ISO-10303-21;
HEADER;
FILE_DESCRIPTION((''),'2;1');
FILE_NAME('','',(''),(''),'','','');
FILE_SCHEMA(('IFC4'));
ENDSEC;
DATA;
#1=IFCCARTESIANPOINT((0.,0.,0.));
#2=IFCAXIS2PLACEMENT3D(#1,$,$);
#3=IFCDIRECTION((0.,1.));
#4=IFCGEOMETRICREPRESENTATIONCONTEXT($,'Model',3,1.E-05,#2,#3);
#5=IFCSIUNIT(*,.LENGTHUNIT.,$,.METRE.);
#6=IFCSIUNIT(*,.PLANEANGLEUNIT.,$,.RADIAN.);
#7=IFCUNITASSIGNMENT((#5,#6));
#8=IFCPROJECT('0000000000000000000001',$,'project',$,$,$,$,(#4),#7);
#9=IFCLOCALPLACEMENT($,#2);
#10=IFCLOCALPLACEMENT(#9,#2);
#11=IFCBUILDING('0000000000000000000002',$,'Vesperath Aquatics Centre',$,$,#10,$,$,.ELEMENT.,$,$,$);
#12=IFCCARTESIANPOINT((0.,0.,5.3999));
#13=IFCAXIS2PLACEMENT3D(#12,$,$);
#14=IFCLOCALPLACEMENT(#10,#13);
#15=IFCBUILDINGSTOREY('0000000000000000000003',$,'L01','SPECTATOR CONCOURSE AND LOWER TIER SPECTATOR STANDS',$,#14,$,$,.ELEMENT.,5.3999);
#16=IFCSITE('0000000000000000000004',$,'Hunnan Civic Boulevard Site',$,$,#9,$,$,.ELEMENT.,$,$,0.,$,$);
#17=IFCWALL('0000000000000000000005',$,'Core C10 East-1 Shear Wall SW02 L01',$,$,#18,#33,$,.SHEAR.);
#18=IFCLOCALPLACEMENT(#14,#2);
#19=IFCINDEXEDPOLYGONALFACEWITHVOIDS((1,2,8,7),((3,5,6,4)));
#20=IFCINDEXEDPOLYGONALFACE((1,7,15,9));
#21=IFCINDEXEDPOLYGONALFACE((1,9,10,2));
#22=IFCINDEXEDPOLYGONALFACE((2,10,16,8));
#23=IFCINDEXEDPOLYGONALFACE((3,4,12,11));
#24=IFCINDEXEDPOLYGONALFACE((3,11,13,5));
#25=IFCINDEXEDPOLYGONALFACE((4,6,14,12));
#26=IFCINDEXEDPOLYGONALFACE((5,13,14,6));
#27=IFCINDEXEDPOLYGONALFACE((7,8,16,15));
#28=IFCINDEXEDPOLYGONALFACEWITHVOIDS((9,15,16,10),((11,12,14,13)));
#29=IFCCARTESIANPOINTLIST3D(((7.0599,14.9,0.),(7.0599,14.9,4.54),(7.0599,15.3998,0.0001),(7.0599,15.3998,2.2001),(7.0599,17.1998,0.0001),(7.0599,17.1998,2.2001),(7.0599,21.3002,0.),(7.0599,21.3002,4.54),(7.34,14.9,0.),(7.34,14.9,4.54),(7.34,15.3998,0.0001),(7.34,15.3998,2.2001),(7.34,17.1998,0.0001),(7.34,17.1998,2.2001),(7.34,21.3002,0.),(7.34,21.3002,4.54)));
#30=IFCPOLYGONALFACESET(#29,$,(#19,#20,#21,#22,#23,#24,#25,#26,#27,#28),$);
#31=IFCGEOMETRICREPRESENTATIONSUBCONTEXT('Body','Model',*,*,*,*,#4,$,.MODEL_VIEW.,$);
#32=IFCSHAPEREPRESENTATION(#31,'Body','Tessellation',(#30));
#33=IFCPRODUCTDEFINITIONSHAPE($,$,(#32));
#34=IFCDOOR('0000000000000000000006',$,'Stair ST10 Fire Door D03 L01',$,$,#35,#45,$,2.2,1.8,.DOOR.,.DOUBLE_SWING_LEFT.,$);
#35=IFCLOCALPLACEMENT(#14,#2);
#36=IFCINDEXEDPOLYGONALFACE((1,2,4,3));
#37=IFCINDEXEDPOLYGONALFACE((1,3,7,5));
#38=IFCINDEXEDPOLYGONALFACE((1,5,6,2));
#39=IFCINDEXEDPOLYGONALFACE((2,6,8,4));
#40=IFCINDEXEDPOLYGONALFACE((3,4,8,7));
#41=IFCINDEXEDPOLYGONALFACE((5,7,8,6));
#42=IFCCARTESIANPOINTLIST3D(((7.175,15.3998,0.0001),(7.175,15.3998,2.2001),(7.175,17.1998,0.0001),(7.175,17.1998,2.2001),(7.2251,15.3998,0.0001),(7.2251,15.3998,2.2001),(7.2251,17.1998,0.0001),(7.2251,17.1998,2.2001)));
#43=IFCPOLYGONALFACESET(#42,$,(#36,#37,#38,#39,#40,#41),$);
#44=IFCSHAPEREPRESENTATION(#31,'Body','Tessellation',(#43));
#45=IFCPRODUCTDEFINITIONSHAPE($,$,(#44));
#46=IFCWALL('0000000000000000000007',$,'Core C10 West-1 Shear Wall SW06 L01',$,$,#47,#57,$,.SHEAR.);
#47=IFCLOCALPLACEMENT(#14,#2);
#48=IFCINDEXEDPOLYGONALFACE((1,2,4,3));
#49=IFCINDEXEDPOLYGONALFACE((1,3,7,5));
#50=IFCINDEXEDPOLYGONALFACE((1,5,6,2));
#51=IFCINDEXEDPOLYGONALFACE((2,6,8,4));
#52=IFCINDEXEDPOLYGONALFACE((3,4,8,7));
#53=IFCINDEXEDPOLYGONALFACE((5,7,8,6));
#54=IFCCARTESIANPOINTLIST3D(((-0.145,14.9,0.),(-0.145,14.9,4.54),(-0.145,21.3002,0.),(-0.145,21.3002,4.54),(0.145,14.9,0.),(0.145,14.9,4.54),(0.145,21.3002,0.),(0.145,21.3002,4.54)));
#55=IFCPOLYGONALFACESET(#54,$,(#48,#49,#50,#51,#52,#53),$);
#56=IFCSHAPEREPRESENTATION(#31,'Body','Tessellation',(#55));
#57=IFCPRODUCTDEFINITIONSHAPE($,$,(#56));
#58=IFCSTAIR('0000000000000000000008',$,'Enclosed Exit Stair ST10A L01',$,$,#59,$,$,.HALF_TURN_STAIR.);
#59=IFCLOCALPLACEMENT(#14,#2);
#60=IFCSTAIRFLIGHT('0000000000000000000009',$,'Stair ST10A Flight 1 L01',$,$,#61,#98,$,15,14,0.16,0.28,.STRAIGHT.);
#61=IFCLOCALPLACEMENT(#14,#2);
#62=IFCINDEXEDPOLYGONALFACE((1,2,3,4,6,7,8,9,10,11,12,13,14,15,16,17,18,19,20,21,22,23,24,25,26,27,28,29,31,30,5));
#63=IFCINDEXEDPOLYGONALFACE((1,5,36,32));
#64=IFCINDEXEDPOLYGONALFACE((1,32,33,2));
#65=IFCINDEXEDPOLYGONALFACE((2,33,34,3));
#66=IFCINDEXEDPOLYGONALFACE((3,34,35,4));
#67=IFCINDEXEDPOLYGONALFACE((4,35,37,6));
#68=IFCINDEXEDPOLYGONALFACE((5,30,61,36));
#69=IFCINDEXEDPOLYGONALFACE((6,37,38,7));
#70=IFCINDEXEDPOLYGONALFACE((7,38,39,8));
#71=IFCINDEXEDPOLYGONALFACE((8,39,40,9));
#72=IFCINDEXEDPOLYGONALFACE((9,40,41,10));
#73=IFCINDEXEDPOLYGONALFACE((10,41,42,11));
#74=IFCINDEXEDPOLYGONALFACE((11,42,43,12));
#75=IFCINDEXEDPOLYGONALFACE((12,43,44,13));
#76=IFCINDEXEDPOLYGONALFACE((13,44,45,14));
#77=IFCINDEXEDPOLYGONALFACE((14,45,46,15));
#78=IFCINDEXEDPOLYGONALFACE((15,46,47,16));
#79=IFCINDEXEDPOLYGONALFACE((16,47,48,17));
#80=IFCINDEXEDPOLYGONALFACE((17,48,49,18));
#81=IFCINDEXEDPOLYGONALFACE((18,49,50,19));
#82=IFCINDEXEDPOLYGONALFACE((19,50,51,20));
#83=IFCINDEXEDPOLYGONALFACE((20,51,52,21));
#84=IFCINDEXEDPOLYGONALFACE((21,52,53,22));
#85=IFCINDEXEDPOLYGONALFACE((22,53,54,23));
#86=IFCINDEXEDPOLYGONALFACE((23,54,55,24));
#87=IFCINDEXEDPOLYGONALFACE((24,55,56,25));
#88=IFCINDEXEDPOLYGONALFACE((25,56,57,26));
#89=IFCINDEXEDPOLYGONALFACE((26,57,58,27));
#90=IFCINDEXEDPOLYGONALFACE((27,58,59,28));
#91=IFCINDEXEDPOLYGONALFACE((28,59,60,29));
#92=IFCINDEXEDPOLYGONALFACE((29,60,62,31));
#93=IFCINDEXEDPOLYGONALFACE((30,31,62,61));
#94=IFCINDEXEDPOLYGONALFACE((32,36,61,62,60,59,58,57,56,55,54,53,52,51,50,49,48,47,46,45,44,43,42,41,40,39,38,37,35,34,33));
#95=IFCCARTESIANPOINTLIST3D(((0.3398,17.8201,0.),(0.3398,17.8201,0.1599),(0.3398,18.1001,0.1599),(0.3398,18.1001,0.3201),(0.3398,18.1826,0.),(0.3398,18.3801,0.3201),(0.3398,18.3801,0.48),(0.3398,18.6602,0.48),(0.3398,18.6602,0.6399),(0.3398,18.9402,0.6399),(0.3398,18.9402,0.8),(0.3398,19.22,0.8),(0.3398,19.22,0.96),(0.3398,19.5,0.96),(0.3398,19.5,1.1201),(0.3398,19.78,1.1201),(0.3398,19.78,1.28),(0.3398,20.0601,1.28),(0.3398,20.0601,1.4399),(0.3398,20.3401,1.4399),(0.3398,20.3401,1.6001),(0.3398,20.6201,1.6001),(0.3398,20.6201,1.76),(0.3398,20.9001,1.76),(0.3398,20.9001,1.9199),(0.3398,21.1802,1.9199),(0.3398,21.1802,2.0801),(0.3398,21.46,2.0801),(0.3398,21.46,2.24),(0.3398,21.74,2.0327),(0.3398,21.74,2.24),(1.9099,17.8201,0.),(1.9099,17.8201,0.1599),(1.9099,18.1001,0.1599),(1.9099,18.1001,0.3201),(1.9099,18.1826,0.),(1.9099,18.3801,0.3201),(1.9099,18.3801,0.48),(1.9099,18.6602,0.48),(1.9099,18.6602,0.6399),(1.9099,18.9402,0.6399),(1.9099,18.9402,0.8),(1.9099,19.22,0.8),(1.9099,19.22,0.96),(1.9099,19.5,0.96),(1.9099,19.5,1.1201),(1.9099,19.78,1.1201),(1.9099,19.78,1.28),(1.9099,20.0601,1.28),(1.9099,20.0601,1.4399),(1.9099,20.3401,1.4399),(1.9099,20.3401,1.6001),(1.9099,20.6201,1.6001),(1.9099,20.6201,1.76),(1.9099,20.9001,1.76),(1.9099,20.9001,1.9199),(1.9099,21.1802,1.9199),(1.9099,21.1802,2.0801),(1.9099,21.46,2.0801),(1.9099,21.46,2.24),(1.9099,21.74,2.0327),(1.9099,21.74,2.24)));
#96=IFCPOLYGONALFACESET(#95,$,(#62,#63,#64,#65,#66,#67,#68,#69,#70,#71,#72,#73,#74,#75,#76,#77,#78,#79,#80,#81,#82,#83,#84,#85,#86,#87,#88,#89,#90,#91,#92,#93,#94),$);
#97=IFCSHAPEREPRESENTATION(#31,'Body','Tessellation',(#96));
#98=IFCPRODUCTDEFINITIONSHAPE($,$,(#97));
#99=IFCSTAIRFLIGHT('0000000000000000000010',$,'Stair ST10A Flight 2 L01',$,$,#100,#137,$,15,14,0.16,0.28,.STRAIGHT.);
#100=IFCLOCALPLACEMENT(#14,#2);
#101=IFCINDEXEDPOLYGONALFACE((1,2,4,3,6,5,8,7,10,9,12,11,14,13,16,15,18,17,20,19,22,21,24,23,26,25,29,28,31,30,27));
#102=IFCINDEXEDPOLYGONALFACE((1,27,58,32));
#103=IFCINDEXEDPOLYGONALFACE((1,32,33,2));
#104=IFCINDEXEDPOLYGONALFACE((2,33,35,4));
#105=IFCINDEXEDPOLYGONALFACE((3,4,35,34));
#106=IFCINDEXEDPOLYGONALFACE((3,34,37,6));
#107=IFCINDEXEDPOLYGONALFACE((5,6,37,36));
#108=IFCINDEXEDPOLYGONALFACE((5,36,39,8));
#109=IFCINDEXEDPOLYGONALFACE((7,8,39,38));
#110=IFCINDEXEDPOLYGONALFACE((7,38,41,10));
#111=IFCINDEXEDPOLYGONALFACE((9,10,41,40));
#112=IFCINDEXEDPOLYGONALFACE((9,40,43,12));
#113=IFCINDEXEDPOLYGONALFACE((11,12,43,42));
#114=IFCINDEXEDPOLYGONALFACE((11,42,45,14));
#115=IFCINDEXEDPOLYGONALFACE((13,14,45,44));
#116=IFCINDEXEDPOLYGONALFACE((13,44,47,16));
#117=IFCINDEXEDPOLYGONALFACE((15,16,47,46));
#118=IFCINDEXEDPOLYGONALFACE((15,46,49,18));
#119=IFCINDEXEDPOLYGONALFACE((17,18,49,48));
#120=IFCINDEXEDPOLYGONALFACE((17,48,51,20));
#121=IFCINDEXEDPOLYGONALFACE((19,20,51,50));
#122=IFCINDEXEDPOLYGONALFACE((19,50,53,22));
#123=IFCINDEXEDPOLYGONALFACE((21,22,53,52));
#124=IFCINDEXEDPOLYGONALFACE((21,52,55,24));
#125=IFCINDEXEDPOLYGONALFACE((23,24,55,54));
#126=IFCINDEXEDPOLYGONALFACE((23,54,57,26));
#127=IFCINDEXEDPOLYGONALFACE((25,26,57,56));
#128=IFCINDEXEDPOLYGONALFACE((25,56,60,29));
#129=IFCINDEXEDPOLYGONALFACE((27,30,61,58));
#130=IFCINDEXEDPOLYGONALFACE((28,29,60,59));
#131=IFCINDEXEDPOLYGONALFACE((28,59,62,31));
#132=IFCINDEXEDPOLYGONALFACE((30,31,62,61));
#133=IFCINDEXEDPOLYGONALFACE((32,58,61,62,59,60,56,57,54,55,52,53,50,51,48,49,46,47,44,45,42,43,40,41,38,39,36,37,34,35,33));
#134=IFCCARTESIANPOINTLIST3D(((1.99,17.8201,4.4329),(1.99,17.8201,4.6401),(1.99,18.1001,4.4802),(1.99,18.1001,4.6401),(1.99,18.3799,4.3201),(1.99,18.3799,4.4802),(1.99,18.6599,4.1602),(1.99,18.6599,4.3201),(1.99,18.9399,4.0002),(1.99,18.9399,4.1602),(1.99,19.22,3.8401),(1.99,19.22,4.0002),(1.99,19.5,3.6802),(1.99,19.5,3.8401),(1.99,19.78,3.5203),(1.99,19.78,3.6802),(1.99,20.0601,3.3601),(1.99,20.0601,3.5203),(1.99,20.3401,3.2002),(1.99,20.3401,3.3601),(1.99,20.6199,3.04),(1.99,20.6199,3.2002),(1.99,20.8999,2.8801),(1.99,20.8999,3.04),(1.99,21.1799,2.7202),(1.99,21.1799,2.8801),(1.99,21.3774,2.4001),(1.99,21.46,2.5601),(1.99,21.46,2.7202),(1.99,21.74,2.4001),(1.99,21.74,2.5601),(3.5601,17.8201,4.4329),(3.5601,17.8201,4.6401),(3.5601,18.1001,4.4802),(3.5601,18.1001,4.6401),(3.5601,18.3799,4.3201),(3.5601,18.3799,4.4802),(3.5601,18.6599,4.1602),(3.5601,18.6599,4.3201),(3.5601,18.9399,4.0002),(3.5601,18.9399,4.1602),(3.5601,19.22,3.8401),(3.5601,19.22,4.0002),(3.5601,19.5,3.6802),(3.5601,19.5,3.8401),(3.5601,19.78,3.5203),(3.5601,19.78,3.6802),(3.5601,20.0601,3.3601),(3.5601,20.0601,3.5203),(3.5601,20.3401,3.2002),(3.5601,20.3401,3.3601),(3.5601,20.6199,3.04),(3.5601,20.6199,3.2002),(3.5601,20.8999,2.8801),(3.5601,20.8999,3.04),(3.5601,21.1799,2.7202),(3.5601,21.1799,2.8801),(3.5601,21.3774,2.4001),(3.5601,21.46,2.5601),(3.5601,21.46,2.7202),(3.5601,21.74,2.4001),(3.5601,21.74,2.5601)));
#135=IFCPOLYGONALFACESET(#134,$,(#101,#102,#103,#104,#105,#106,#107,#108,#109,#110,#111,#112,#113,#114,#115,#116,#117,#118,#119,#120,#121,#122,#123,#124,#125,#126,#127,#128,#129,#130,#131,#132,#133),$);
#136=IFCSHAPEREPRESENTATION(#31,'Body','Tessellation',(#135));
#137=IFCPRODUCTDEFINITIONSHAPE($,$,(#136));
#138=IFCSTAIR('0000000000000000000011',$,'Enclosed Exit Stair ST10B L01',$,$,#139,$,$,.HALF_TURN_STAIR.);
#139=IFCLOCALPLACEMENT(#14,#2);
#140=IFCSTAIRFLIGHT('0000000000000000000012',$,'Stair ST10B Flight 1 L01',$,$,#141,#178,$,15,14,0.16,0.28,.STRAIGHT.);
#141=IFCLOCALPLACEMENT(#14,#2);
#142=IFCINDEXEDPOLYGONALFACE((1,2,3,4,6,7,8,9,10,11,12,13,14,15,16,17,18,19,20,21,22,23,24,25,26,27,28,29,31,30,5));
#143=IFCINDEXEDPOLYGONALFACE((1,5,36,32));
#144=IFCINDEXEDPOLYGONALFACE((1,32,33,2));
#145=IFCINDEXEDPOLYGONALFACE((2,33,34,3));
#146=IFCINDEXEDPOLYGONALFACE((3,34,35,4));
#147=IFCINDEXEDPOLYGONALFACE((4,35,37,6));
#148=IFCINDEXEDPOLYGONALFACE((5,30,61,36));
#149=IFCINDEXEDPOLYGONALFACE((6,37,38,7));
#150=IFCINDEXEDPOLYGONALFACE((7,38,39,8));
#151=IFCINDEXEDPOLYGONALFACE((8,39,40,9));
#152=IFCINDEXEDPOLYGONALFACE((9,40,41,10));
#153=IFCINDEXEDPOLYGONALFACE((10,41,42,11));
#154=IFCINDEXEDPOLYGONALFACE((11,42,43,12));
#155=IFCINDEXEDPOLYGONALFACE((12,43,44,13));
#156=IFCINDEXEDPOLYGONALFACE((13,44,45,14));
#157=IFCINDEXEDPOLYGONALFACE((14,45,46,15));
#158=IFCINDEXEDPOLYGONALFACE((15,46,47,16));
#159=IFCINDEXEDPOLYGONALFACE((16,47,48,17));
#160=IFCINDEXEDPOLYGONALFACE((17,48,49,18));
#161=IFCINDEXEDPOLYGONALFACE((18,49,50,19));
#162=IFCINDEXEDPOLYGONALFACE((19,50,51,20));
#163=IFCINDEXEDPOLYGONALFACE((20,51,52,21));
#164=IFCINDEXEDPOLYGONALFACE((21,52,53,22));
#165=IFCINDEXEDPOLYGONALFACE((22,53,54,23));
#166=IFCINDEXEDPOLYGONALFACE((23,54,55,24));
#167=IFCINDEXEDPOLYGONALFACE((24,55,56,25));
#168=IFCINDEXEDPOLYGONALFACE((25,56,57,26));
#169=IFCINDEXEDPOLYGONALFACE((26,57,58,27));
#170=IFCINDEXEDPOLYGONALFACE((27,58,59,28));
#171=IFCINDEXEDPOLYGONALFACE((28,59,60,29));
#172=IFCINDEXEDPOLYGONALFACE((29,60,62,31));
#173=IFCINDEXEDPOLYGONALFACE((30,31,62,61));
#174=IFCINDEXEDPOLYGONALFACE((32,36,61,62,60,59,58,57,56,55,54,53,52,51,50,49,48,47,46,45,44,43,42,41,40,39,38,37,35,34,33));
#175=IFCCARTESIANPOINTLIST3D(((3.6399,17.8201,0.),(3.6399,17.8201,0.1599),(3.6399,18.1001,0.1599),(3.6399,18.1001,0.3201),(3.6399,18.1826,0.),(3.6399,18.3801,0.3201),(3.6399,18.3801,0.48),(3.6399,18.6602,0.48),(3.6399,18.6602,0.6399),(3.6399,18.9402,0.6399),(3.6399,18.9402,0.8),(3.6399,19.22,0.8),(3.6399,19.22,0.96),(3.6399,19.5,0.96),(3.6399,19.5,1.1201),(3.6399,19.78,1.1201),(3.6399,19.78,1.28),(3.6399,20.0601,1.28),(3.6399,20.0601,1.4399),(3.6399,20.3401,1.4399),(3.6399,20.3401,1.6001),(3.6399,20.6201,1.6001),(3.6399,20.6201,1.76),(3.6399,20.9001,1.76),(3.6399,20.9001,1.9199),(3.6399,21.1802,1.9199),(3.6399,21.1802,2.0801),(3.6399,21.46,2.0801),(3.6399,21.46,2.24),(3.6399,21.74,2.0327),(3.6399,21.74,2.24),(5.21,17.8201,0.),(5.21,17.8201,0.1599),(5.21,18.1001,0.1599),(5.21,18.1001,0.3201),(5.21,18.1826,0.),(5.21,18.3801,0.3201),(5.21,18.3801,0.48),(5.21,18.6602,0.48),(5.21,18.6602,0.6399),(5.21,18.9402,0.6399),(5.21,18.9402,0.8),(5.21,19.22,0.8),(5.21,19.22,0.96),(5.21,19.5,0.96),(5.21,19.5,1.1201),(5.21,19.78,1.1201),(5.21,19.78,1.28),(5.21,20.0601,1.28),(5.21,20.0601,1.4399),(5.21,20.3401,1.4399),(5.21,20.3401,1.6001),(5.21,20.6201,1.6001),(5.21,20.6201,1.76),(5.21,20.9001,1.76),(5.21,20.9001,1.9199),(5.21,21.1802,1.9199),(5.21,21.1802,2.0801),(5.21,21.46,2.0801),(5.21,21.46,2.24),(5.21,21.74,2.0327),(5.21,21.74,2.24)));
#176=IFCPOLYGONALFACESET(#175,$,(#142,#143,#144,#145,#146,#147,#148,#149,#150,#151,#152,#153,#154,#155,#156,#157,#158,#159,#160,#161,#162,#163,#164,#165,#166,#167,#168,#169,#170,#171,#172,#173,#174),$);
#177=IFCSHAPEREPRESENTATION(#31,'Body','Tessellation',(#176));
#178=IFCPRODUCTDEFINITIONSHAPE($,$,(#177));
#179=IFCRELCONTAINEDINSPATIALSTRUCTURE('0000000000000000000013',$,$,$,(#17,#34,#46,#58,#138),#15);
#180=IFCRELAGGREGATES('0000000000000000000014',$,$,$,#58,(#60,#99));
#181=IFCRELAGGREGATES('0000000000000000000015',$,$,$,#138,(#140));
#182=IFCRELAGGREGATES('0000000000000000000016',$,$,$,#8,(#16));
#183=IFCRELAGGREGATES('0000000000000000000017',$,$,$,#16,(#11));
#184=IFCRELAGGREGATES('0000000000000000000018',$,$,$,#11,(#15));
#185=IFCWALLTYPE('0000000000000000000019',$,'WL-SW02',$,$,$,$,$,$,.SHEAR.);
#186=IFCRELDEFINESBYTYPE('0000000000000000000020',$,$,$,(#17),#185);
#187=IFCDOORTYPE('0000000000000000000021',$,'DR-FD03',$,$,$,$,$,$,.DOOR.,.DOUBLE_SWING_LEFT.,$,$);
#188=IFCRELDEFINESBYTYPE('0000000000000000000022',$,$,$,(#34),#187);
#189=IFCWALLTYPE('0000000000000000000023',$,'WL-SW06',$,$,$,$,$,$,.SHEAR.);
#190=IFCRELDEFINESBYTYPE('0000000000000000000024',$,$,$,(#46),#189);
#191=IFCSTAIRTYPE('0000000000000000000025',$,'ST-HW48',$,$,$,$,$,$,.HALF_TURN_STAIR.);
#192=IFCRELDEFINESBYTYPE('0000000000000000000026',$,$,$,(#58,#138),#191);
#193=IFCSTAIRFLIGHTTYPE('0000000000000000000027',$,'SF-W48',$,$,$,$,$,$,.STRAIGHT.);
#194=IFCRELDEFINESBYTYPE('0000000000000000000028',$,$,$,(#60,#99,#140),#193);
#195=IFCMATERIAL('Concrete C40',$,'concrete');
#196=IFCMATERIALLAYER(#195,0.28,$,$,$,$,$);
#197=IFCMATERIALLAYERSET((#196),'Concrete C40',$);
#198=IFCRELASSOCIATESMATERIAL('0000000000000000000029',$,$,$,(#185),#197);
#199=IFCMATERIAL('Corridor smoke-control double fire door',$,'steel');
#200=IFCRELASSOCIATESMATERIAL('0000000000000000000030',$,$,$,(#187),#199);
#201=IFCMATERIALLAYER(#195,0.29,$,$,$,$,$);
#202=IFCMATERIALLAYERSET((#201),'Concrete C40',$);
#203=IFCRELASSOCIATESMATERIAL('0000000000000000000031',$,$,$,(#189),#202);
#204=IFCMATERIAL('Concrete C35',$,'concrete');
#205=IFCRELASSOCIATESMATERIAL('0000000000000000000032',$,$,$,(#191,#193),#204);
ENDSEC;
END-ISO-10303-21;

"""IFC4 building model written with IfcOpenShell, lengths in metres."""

from ifc_helpers import new_model, si_unit, direction, frame, frame_2d, origin, place, context, subcontext, project, spatial, polyline, rectangle, outline, extrude, material, layer, layer_set, type_object, element, fill, aggregate, save


model = new_model("IFC4")

# Units and contexts
model_context = context("Model", 3, precision=1e-05, world=origin(), true_north=direction((0.0, 1.0)))
body_context = subcontext(model_context, "Body", "Model", "MODEL_VIEW")
ifc_project = project(units=[si_unit("LENGTHUNIT", "METRE"), si_unit("PLANEANGLEUNIT", "RADIAN")], contexts=[model_context])

# Site, building, storey
site_placement = place(None, origin())
site = spatial("IfcSite", under=ifc_project, at=site_placement, Name="Hunnan Civic Boulevard Site", CompositionType="ELEMENT", RefElevation=0.0)
building_placement = place(site_placement, origin())
building = spatial("IfcBuilding", under=site, at=building_placement, Name="Vesperath Aquatics Centre", CompositionType="ELEMENT")
storey_placement = place(building_placement, frame((0.0, 0.0, 5.3999)))
storey = spatial("IfcBuildingStorey", under=building, at=storey_placement, Name="L01", Description="SPECTATOR CONCOURSE AND LOWER TIER SPECTATOR STANDS", CompositionType="ELEMENT", Elevation=5.3999)

# Shared definitions
ifc_material_1 = material(Name="Concrete C40", Category="concrete")

# Shared definitions
ifc_material_2 = material(Name="Concrete C35", Category="concrete")

# Wall, opening, door
ifc_layer_1 = layer(ifc_material_1, 0.28)
ifc_layer_set_1 = layer_set([ifc_layer_1], Name="Concrete C40")
wall_type_1 = type_object("IfcWallType", Name="WL-SW02", PredefinedType="SHEAR", material=ifc_layer_set_1)
wall_1_placement = place(storey_placement, frame((7.2, 14.8999, 0.0), z_axis=(0.0, 0.0, 1.0), x_axis=(0.0, 1.0, 0.0)))
wall_1 = element("IfcWall", 1, at=wall_1_placement, inside=storey, type_object=wall_type_1, Name="Core C10 East-1 Shear Wall SW02 L01", PredefinedType="SHEAR", context=body_context, shape_type="SweptSolid", body=[
    extrude(rectangle(XDim=6.4001, YDim=0.28, at=frame_2d((3.2002, 0.0))), origin(), (0.0, 0.0, 1.0), 4.54),
])
opening_1_placement = place(wall_1_placement, frame((0.5, 0.0, 0.0)))
opening_1 = element("IfcOpeningElement", 2, at=opening_1_placement, cuts=wall_1, PredefinedType="OPENING", context=body_context, shape_type="SweptSolid", body=[
    extrude(rectangle(XDim=1.8, YDim=2.2, at=frame_2d((0.8999, 1.1001))), frame((0.0, 0.1548, 0.0), z_axis=(0.0, -1.0, 0.0), x_axis=(1.0, 0.0, 0.0)), (0.0, 0.0, 1.0), 0.3098),
])
ifc_material_3 = material(Name="Corridor smoke-control double fire door", Category="steel")
door_type_1 = type_object("IfcDoorType", Name="DR-FD03", OperationType="DOUBLE_SWING_LEFT", PredefinedType="DOOR", material=ifc_material_3)
door_1_placement = place(opening_1_placement, origin())
door_1 = element("IfcDoor", 3, at=door_1_placement, inside=storey, type_object=door_type_1, Name="Stair ST10 Fire Door D03 L01", OperationType="DOUBLE_SWING_LEFT", OverallHeight=2.2, OverallWidth=1.8, PredefinedType="DOOR", context=body_context, shape_type="SweptSolid", body=[
    extrude(rectangle(XDim=1.8, YDim=2.2, at=frame_2d((0.8999, 1.1001))), frame((0.0, 0.0249, 0.0), z_axis=(0.0, -1.0, 0.0), x_axis=(1.0, 0.0, 0.0)), (0.0, 0.0, 1.0), 0.05),
])
fill(opening_1, door_1)

# Wall
ifc_layer_2 = layer(ifc_material_1, 0.29)
ifc_layer_set_2 = layer_set([ifc_layer_2], Name="Concrete C40")
wall_type_2 = type_object("IfcWallType", Name="WL-SW06", PredefinedType="SHEAR", material=ifc_layer_set_2)
wall_2_placement = place(storey_placement, frame((0.0, 14.8999, 0.0), z_axis=(0.0, 0.0, 1.0), x_axis=(0.0, 1.0, 0.0)))
element("IfcWall", 4, at=wall_2_placement, inside=storey, type_object=wall_type_2, Name="Core C10 West-1 Shear Wall SW06 L01", PredefinedType="SHEAR", context=body_context, shape_type="SweptSolid", body=[
    extrude(rectangle(XDim=6.4001, YDim=0.29, at=frame_2d((3.2002, 0.0))), origin(), (0.0, 0.0, 1.0), 4.54),
])

# Stairs, stair flights
stair_type = type_object("IfcStairType", Name="ST-HW48", PredefinedType="HALF_TURN_STAIR", material=ifc_material_2)
stair_1_placement = place(storey_placement, origin())
stair_1 = element("IfcStair", 5, at=stair_1_placement, inside=storey, type_object=stair_type, Name="Enclosed Exit Stair ST10A L01", PredefinedType="HALF_TURN_STAIR")
stair_flight_type = type_object("IfcStairFlightType", Name="SF-W48", PredefinedType="STRAIGHT", material=ifc_material_2)
stair_flight_1_placement = place(storey_placement, frame((1.125, 17.8201, 0.0), z_axis=(0.0, 0.0, 1.0), x_axis=(0.0, 1.0, 0.0)))
stair_flight_1 = element("IfcStairFlight", 6, at=stair_flight_1_placement, type_object=stair_flight_type, Name="Stair ST10A Flight 1 L01", NumberOfRisers=15, NumberOfTreads=14, PredefinedType="STRAIGHT", RiserHeight=0.16, TreadLength=0.28, context=body_context, shape_type="SweptSolid", body=[
    extrude(outline(polyline([(0.0, 0.0), (0.0, 0.1599), (0.28, 0.1599), (0.28, 0.3201), (0.5601, 0.3201), (0.5601, 0.48), (0.8401, 0.48), (0.8401, 0.6399), (1.1201, 0.6399), (1.1201, 0.8), (1.3999, 0.8), (1.3999, 0.96), (1.6799, 0.96), (1.6799, 1.1201), (1.96, 1.1201), (1.96, 1.28), (2.24, 1.28), (2.24, 1.4399), (2.52, 1.4399), (2.52, 1.6001), (2.8, 1.6001), (2.8, 1.76), (3.0801, 1.76), (3.0801, 1.9199), (3.3601, 1.9199), (3.3601, 2.0801), (3.6399, 2.0801), (3.6399, 2.24), (3.9199, 2.24), (3.9199, 2.3999), (3.9199, 2.0327), (0.3625, 0.0), (0.0, 0.0)])), frame((0.0, 0.7852, 0.0), z_axis=(0.0, -1.0, 0.0), x_axis=(1.0, 0.0, 0.0)), (0.0, 0.0, 1.0), 1.5701),
])
stair_flight_2_placement = place(storey_placement, frame((2.7749, 21.74, 2.4001), z_axis=(0.0, 0.0, 1.0), x_axis=(0.0, -1.0, 0.0)))
stair_flight_2 = element("IfcStairFlight", 7, at=stair_flight_2_placement, type_object=stair_flight_type, Name="Stair ST10A Flight 2 L01", NumberOfRisers=15, NumberOfTreads=14, PredefinedType="STRAIGHT", RiserHeight=0.16, TreadLength=0.28, context=body_context, shape_type="SweptSolid", body=[
    extrude(outline(polyline([(0.0, 0.0), (0.0, 0.1599), (0.28, 0.1599), (0.28, 0.3201), (0.5601, 0.3201), (0.5601, 0.48), (0.8401, 0.48), (0.8401, 0.6399), (1.1201, 0.6399), (1.1201, 0.8), (1.3999, 0.8), (1.3999, 0.96), (1.6799, 0.96), (1.6799, 1.1201), (1.96, 1.1201), (1.96, 1.28), (2.24, 1.28), (2.24, 1.4399), (2.52, 1.4399), (2.52, 1.6001), (2.8, 1.6001), (2.8, 1.76), (3.0801, 1.76), (3.0801, 1.9199), (3.3601, 1.9199), (3.3601, 2.0801), (3.6399, 2.0801), (3.6399, 2.24), (3.9199, 2.24), (3.9199, 2.3999), (3.9199, 2.0327), (0.3625, 0.0), (0.0, 0.0)])), frame((0.0, 0.7852, 0.0), z_axis=(0.0, -1.0, 0.0), x_axis=(1.0, 0.0, 0.0)), (0.0, 0.0, 1.0), 1.5701),
])
aggregate(stair_1, [stair_flight_1, stair_flight_2])
stair_2_placement = place(storey_placement, origin())
stair_2 = element("IfcStair", 8, at=stair_2_placement, inside=storey, type_object=stair_type, Name="Enclosed Exit Stair ST10B L01", PredefinedType="HALF_TURN_STAIR")
stair_flight_3_placement = place(storey_placement, frame((4.425, 17.8201, 0.0), z_axis=(0.0, 0.0, 1.0), x_axis=(0.0, 1.0, 0.0)))
stair_flight_3 = element("IfcStairFlight", 9, at=stair_flight_3_placement, type_object=stair_flight_type, Name="Stair ST10B Flight 1 L01", NumberOfRisers=15, NumberOfTreads=14, PredefinedType="STRAIGHT", RiserHeight=0.16, TreadLength=0.28, context=body_context, shape_type="SweptSolid", body=[
    extrude(outline(polyline([(0.0, 0.0), (0.0, 0.1599), (0.28, 0.1599), (0.28, 0.3201), (0.5601, 0.3201), (0.5601, 0.48), (0.8401, 0.48), (0.8401, 0.6399), (1.1201, 0.6399), (1.1201, 0.8), (1.3999, 0.8), (1.3999, 0.96), (1.6799, 0.96), (1.6799, 1.1201), (1.96, 1.1201), (1.96, 1.28), (2.24, 1.28), (2.24, 1.4399), (2.52, 1.4399), (2.52, 1.6001), (2.8, 1.6001), (2.8, 1.76), (3.0801, 1.76), (3.0801, 1.9199), (3.3601, 1.9199), (3.3601, 2.0801), (3.6399, 2.0801), (3.6399, 2.24), (3.9199, 2.24), (3.9199, 2.3999), (3.9199, 2.0327), (0.3625, 0.0), (0.0, 0.0)])), frame((0.0, 0.7852, 0.0), z_axis=(0.0, -1.0, 0.0), x_axis=(1.0, 0.0, 0.0)), (0.0, 0.0, 1.0), 1.5701),
])
aggregate(stair_2, [stair_flight_3])

save(model, "model.ifc")
